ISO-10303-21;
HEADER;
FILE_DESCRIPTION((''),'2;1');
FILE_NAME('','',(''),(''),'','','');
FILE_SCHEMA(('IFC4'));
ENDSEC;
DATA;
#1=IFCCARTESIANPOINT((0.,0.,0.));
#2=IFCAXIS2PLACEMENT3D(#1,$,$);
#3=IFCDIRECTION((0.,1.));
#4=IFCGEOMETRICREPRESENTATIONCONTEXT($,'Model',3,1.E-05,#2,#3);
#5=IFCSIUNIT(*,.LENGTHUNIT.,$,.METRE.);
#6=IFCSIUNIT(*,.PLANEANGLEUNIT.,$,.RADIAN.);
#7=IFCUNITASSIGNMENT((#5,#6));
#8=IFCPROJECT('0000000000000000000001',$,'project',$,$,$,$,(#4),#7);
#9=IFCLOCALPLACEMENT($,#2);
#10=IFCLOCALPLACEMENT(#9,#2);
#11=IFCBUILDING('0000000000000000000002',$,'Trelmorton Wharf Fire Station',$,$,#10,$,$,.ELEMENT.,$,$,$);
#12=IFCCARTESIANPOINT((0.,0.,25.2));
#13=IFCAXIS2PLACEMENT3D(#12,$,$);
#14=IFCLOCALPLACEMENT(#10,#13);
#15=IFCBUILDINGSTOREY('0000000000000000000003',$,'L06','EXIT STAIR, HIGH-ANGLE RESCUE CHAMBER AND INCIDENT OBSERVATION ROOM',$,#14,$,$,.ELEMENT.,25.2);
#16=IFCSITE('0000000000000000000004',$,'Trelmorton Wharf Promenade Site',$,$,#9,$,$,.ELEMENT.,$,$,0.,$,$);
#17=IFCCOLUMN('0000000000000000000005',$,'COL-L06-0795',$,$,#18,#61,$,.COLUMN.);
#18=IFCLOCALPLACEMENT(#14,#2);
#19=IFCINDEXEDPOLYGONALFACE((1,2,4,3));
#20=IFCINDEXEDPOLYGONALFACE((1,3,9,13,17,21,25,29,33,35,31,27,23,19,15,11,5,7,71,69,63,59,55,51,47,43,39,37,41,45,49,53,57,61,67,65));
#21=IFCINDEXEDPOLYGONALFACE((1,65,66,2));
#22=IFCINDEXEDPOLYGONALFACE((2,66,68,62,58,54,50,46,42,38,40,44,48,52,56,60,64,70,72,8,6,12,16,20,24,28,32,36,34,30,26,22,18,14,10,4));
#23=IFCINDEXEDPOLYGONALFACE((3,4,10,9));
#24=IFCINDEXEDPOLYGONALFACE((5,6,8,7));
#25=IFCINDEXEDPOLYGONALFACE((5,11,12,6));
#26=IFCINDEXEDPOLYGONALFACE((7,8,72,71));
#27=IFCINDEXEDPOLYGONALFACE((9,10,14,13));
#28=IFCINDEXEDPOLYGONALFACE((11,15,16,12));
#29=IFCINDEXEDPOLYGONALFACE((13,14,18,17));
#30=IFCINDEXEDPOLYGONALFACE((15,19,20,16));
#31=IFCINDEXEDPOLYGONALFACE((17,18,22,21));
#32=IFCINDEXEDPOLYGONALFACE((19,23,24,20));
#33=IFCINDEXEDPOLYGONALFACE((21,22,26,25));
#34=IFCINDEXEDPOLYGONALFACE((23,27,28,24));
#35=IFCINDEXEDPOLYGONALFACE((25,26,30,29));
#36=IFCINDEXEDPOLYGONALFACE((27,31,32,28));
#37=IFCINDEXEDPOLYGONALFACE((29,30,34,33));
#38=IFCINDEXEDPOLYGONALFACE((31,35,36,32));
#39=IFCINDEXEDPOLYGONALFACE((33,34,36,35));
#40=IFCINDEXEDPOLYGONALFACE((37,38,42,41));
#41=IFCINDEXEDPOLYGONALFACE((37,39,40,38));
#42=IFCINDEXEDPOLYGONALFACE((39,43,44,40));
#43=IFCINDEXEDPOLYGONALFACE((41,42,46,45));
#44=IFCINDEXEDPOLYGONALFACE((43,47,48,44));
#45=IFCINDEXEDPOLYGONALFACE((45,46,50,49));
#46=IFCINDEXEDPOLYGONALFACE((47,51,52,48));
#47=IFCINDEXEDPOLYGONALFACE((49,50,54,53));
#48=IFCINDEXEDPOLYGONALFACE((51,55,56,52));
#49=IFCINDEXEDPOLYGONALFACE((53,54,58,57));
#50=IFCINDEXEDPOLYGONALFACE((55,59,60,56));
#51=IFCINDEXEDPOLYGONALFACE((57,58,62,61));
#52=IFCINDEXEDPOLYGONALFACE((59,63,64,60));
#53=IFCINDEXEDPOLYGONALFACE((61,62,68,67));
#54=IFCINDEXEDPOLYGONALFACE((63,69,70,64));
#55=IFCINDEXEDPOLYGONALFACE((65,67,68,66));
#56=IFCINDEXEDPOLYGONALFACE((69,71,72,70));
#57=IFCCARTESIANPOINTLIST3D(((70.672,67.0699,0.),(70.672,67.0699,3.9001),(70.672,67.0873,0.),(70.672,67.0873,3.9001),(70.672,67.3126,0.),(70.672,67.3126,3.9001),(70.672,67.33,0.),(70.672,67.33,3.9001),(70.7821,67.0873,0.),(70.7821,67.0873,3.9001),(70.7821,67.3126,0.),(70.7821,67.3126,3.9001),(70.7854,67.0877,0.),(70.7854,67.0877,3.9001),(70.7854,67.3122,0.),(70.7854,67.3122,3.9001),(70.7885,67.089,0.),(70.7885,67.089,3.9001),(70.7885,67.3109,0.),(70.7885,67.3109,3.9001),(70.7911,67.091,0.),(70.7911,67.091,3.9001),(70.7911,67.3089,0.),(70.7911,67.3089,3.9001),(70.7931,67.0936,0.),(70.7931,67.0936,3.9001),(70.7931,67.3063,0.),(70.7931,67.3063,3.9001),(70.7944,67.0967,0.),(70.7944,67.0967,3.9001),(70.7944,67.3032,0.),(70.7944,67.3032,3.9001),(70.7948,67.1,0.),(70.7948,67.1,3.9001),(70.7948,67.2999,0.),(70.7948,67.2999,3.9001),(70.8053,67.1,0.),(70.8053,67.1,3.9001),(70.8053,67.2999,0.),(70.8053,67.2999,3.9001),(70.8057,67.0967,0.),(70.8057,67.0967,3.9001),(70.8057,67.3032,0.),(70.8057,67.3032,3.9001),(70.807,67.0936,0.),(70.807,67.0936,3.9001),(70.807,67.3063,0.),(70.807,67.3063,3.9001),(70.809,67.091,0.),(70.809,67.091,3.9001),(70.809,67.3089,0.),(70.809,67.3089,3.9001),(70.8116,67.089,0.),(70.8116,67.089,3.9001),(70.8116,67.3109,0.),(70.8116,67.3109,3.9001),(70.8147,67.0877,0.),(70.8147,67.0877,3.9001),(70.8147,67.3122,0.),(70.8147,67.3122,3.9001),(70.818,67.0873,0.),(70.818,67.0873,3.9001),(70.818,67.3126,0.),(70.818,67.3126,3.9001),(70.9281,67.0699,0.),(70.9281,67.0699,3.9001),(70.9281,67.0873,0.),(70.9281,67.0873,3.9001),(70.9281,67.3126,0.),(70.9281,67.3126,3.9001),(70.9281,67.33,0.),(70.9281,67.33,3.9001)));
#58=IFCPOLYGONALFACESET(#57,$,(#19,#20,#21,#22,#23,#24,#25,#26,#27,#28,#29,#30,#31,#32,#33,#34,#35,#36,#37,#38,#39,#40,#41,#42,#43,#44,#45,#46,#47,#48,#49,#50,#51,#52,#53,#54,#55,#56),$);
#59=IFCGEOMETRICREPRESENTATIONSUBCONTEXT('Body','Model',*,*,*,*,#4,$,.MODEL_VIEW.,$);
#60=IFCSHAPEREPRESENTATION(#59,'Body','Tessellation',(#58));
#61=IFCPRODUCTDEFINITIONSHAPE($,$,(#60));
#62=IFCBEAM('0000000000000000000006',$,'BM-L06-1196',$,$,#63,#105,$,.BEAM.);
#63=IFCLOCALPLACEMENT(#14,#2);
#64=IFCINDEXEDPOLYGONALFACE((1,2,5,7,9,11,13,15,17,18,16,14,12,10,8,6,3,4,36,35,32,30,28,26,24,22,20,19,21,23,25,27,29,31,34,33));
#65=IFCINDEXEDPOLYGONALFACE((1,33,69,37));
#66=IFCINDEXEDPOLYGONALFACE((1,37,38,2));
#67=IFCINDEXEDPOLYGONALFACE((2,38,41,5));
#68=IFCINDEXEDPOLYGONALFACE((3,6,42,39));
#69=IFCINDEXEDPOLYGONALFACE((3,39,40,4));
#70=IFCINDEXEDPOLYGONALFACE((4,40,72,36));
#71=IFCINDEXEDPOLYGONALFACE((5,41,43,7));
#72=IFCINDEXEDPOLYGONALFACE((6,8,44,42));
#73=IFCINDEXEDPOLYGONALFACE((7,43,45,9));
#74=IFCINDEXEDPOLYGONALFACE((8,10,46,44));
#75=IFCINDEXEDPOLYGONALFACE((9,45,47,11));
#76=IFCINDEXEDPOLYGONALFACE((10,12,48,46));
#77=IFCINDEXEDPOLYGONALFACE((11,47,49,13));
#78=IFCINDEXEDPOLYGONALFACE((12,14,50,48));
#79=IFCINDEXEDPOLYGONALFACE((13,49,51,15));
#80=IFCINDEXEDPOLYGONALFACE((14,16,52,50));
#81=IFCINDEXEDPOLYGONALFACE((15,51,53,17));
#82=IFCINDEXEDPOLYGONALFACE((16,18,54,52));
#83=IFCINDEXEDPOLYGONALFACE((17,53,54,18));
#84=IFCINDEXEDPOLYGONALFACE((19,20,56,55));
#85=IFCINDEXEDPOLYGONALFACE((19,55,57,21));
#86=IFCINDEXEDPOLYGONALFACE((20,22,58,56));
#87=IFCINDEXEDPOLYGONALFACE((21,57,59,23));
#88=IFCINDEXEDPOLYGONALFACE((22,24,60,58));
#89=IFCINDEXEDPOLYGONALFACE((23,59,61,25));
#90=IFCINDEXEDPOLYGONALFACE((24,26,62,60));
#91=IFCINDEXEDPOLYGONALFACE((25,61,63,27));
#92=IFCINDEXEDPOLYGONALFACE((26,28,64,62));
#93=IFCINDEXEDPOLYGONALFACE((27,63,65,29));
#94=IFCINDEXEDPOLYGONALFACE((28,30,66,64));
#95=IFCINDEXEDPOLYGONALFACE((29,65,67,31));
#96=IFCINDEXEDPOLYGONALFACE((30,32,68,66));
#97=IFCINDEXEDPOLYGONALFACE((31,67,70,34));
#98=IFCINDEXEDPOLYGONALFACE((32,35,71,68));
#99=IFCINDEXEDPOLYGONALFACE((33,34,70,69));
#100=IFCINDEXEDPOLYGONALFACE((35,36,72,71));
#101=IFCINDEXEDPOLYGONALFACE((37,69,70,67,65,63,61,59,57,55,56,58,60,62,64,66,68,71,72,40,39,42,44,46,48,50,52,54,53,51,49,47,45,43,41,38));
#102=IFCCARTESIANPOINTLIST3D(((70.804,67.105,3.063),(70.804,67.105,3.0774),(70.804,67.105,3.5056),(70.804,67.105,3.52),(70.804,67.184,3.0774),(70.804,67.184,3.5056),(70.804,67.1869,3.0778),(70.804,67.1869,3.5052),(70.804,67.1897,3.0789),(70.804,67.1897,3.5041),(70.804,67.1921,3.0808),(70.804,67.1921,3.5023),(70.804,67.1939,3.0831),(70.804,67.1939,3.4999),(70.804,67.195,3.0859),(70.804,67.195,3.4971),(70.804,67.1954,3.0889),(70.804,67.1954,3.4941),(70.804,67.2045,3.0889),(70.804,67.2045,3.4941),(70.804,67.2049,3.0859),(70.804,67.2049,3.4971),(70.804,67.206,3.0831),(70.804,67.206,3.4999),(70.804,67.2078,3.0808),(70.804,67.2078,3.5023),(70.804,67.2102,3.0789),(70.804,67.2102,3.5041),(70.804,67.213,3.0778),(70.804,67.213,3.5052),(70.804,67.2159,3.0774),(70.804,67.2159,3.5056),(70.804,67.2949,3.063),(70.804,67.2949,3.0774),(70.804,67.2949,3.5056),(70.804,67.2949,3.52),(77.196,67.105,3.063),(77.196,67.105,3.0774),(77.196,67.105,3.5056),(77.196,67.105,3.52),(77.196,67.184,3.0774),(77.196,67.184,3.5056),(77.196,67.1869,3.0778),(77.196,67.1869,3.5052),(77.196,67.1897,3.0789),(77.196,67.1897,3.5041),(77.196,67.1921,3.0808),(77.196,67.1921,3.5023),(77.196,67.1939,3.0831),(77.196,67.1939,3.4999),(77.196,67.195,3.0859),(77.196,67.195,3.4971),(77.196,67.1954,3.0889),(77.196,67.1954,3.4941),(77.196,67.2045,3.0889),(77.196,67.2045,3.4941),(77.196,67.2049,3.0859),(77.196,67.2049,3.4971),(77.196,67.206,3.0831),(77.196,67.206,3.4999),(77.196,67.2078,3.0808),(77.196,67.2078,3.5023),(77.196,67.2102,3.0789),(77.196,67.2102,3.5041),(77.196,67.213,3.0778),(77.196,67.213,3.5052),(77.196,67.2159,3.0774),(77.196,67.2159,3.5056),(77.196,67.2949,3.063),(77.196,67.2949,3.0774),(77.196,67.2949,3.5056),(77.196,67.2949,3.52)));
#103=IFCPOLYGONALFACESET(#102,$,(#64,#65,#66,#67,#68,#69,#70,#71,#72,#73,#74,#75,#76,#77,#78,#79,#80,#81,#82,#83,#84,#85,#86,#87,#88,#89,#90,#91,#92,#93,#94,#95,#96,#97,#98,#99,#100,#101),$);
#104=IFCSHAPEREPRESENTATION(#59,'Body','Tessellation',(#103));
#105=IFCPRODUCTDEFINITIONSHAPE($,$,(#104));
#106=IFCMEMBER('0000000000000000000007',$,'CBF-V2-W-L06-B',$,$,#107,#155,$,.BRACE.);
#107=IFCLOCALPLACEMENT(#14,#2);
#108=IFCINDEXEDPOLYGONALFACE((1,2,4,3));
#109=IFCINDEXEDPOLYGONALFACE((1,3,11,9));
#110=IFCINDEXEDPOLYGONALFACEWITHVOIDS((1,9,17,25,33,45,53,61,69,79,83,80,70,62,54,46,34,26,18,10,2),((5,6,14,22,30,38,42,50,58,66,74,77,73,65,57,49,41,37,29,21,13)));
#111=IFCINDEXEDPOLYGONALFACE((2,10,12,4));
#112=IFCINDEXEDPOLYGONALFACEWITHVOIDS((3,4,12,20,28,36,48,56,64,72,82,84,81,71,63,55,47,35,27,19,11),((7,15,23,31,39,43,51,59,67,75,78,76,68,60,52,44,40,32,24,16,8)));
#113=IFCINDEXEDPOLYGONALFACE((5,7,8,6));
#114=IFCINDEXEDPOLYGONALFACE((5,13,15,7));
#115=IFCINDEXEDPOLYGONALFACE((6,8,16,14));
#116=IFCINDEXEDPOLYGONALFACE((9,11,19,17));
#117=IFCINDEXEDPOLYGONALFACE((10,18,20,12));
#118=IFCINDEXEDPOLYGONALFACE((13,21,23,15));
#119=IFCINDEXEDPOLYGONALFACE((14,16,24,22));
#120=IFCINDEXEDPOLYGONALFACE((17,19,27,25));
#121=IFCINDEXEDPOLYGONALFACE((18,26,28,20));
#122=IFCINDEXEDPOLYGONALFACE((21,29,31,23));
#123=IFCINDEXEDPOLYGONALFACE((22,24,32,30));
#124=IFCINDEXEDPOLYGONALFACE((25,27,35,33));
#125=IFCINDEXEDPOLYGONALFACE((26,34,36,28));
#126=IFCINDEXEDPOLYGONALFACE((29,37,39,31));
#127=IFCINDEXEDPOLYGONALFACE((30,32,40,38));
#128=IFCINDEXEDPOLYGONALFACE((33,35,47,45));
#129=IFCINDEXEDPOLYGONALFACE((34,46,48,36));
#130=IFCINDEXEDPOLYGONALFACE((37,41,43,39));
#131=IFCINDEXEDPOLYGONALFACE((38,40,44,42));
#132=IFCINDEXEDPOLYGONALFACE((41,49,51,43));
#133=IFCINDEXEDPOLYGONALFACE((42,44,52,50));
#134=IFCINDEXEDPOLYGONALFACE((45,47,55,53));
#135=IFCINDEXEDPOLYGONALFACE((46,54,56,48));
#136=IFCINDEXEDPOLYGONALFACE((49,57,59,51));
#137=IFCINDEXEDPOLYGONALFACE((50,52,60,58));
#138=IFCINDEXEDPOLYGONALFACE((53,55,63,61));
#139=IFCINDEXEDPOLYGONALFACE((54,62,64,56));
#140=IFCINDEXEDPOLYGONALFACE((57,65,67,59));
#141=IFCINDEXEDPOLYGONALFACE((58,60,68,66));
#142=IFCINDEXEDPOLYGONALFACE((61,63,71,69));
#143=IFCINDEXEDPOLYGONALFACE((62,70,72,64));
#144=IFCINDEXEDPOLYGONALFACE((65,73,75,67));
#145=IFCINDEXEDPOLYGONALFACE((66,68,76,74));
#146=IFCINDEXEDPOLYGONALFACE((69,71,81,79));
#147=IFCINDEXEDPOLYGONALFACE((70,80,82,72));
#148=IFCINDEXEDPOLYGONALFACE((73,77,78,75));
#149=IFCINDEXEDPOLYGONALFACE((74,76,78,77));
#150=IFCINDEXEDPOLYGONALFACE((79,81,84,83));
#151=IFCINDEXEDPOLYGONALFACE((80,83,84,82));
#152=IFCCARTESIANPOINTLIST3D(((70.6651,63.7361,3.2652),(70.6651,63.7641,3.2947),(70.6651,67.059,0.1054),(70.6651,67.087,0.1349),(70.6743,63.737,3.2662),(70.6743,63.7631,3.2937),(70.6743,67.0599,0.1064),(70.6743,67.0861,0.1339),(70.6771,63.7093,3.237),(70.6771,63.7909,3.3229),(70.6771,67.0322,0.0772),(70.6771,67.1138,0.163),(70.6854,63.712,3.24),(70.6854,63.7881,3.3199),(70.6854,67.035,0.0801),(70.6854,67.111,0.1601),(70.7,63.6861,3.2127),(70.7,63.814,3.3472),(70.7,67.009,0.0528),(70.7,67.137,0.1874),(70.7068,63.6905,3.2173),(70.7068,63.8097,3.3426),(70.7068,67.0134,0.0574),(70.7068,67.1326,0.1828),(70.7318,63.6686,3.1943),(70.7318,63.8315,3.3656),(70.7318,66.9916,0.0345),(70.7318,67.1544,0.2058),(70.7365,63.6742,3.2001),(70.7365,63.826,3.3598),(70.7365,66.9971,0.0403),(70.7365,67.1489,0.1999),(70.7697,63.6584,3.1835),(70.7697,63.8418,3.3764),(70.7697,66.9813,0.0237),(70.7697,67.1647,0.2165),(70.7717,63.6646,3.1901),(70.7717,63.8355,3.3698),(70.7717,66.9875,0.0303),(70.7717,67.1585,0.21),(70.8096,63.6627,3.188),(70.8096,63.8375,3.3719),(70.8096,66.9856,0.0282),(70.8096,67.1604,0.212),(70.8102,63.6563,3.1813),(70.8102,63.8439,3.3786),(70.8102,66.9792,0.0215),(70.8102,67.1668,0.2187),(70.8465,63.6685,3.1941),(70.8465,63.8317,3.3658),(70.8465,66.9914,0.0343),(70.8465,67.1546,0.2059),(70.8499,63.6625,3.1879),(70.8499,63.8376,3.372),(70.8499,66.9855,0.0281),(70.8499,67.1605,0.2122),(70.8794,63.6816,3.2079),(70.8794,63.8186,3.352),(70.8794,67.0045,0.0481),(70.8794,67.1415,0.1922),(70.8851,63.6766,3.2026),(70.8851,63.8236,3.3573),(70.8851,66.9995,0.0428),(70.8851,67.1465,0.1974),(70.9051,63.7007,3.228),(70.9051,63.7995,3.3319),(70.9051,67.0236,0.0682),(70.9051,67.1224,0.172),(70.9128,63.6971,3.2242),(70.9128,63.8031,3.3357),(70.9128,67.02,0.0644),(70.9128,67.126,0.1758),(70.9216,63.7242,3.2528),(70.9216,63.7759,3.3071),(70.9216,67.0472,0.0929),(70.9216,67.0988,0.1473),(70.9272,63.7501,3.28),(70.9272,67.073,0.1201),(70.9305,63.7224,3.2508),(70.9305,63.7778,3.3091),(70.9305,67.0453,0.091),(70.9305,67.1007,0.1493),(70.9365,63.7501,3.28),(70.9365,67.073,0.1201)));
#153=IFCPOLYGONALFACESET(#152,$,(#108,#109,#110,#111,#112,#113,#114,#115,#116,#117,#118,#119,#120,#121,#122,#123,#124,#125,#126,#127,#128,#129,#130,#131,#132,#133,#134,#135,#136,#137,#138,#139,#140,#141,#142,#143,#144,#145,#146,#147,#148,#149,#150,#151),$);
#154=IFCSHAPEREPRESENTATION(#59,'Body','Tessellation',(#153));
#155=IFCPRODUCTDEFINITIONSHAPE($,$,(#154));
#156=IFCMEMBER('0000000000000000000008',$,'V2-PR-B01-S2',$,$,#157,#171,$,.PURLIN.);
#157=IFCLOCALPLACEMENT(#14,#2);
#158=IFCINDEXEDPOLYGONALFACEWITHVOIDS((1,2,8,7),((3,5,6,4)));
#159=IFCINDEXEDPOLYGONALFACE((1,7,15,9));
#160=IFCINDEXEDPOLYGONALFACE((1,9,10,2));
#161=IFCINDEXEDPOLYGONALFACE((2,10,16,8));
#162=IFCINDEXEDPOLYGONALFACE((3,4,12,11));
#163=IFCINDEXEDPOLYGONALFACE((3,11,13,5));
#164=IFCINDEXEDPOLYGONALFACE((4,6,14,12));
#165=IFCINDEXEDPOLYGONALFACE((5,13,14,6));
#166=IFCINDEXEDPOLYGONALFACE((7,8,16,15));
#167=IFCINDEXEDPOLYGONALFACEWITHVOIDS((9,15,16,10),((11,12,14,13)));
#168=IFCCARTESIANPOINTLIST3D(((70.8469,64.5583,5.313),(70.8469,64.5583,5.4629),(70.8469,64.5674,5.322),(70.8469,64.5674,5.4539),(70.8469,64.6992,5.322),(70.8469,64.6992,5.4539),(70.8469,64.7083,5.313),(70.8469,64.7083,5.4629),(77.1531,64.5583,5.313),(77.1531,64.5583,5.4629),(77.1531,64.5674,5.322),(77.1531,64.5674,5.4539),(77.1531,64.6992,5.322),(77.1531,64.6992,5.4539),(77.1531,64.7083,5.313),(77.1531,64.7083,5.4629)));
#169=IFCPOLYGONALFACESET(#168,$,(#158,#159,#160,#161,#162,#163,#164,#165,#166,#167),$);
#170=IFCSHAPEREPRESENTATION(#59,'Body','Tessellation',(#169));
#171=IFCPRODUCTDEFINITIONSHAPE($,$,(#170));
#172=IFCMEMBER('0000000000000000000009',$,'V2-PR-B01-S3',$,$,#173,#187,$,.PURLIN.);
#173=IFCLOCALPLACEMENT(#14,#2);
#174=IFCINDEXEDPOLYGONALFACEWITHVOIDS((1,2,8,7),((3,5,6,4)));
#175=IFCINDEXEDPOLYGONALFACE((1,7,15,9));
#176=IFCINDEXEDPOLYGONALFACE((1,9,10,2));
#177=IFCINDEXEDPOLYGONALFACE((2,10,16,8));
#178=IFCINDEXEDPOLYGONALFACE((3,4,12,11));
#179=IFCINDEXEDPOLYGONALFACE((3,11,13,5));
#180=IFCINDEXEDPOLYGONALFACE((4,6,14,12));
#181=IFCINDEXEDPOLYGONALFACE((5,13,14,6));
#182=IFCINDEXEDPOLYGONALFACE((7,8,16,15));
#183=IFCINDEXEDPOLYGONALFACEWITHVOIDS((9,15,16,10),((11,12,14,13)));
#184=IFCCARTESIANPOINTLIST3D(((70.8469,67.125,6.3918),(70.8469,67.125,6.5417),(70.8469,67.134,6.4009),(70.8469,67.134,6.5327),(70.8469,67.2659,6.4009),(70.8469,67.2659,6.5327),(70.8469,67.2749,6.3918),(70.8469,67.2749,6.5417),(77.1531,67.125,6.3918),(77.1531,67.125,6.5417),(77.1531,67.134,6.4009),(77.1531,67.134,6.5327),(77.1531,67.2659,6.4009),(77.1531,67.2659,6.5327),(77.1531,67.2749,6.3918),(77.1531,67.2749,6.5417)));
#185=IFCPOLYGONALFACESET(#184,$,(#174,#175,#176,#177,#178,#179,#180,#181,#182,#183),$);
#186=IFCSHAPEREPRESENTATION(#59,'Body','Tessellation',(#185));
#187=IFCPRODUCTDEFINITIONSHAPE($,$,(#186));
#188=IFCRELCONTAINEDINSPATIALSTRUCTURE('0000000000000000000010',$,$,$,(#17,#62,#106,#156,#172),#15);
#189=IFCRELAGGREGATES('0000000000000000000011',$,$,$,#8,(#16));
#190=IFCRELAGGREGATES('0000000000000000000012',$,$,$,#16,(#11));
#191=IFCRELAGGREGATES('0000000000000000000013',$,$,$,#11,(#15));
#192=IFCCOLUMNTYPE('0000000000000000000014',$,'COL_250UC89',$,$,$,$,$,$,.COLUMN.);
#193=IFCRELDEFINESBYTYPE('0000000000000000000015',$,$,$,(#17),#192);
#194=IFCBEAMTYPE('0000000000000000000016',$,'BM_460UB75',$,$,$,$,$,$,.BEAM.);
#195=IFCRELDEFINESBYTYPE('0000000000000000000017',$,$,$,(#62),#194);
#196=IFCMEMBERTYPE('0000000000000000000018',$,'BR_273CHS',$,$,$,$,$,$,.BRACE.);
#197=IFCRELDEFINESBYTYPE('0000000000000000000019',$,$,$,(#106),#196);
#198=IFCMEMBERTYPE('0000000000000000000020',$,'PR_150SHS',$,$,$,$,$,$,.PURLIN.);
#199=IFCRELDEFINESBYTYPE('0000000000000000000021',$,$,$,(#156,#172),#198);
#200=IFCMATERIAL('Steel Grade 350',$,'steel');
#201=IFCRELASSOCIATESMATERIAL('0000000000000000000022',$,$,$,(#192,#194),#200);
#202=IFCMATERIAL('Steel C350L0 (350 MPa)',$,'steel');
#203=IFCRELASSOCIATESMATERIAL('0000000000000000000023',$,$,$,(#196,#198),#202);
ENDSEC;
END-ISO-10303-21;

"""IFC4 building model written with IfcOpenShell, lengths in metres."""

from ifc_helpers import new_model, si_unit, direction, frame, origin, origin_2d, place, context, subcontext, project, spatial, hollow_rectangle, hollow_circle, i_section, extrude, material, material_profile, profile_set, type_object, element, save


model = new_model("IFC4")

# Units and contexts
model_context = context("Model", 3, precision=1e-05, world=origin(), true_north=direction((0.0, 1.0)))
body_context = subcontext(model_context, "Body", "Model", "MODEL_VIEW")
ifc_project = project(units=[si_unit("LENGTHUNIT", "METRE"), si_unit("PLANEANGLEUNIT", "RADIAN")], contexts=[model_context])

# Site, building, storey
site_placement = place(None, origin())
site = spatial("IfcSite", under=ifc_project, at=site_placement, Name="Trelmorton Wharf Promenade Site", CompositionType="ELEMENT", RefElevation=0.0)
building_placement = place(site_placement, origin())
building = spatial("IfcBuilding", under=site, at=building_placement, Name="Trelmorton Wharf Fire Station", CompositionType="ELEMENT")
storey_placement = place(building_placement, frame((0.0, 0.0, 25.2)))
storey = spatial("IfcBuildingStorey", under=building, at=storey_placement, Name="L06", Description="EXIT STAIR, HIGH-ANGLE RESCUE CHAMBER AND INCIDENT OBSERVATION ROOM", CompositionType="ELEMENT", Elevation=25.2)

# Column
ifc_material_1 = material(Name="Steel Grade 350", Category="steel")
ifc_material_profile_1 = material_profile(ifc_material_1, i_section(OverallWidth=0.2561, OverallDepth=0.26, WebThickness=0.0105, FlangeThickness=0.0173, FilletRadius=0.0127, at=origin_2d()), Name="250UC89.5")
ifc_profile_set_1 = profile_set([ifc_material_profile_1], Name="Steel Grade 350")
column_type = type_object("IfcColumnType", Name="COL_250UC89", PredefinedType="COLUMN", material=ifc_profile_set_1)
column_placement = place(storey_placement, frame((70.8, 67.2, 0.0), z_axis=(0.0, 0.0, 1.0), x_axis=(1.0, 0.0, 0.0)))
element("IfcColumn", 1, at=column_placement, inside=storey, type_object=column_type, Name="COL-L06-0795", PredefinedType="COLUMN", context=body_context, shape_type="SweptSolid", body=[
    extrude(i_section(OverallWidth=0.2561, OverallDepth=0.26, WebThickness=0.0105, FlangeThickness=0.0173, FilletRadius=0.0127, at=origin_2d()), origin(), (0.0, 0.0, 1.0), 3.9001),
])

# Beam
ifc_material_profile_2 = material_profile(ifc_material_1, i_section(OverallWidth=0.1899, OverallDepth=0.457, WebThickness=0.009, FlangeThickness=0.0144, FilletRadius=0.0115, at=origin_2d()), Name="460UB74.6")
ifc_profile_set_2 = profile_set([ifc_material_profile_2], Name="Steel Grade 350")
beam_type = type_object("IfcBeamType", Name="BM_460UB75", PredefinedType="BEAM", material=ifc_profile_set_2)
beam_placement = place(storey_placement, frame((70.804, 67.2, 3.2915), z_axis=(1.0, 0.0, 0.0), x_axis=(0.0, 1.0, 0.0)))
element("IfcBeam", 2, at=beam_placement, inside=storey, type_object=beam_type, Name="BM-L06-1196", PredefinedType="BEAM", context=body_context, shape_type="SweptSolid", body=[
    extrude(i_section(OverallWidth=0.1899, OverallDepth=0.457, WebThickness=0.009, FlangeThickness=0.0144, FilletRadius=0.0115, at=origin_2d()), origin(), (0.0, 0.0, 1.0), 6.3921),
])

# Members
ifc_material_2 = material(Name="Steel C350L0 (350 MPa)", Category="steel")
ifc_material_profile_3 = material_profile(ifc_material_2, hollow_circle(Radius=0.1365, WallThickness=0.0093, at=origin_2d()), Name="273.1x9.3CHS")
ifc_profile_set_3 = profile_set([ifc_material_profile_3], Name="Steel C350L0 (350 MPa)")
member_type_1 = type_object("IfcMemberType", Name="BR_273CHS", PredefinedType="BRACE", material=ifc_profile_set_3)
member_1_placement = place(storey_placement, frame((70.8, 67.073, 0.1201), z_axis=(0.0, -0.724666, 0.689101), x_axis=(1.0, 0.0, 0.0)))
element("IfcMember", 3, at=member_1_placement, inside=storey, type_object=member_type_1, Name="CBF-V2-W-L06-B", PredefinedType="BRACE", context=body_context, shape_type="SweptSolid", body=[
    extrude(hollow_circle(Radius=0.1365, WallThickness=0.0093, at=origin_2d()), origin(), (0.0, 0.0, 1.0), 4.5854),
])
ifc_material_profile_4 = material_profile(ifc_material_2, hollow_rectangle(XDim=0.1499, YDim=0.1499, WallThickness=0.009, at=origin_2d()), Name="150x150x9.0SHS")
ifc_profile_set_4 = profile_set([ifc_material_profile_4], Name="Steel C350L0 (350 MPa)")
member_type_2 = type_object("IfcMemberType", Name="PR_150SHS", PredefinedType="PURLIN", material=ifc_profile_set_4)
for number, where, z_axis, x_axis, name in (
    (4, (70.8469, 64.6333, 5.3879), (1.0, 0.0, 0.0), (0.0, 1.0, 0.0), "V2-PR-B01-S2"),
    (5, (70.8469, 67.2, 6.4668), (1.0, 0.0, 0.0), (0.0, 1.0, 0.0), "V2-PR-B01-S3"),
):
    element("IfcMember", number, at=place(storey_placement, frame(where, z_axis=z_axis, x_axis=x_axis)), inside=storey, type_object=member_type_2, Name=name, PredefinedType="PURLIN", context=body_context, shape_type="SweptSolid", body=[
        extrude(hollow_rectangle(XDim=0.1499, YDim=0.1499, WallThickness=0.009, at=origin_2d()), origin(), (0.0, 0.0, 1.0), 6.3062),
    ])

save(model, "model.ifc")
